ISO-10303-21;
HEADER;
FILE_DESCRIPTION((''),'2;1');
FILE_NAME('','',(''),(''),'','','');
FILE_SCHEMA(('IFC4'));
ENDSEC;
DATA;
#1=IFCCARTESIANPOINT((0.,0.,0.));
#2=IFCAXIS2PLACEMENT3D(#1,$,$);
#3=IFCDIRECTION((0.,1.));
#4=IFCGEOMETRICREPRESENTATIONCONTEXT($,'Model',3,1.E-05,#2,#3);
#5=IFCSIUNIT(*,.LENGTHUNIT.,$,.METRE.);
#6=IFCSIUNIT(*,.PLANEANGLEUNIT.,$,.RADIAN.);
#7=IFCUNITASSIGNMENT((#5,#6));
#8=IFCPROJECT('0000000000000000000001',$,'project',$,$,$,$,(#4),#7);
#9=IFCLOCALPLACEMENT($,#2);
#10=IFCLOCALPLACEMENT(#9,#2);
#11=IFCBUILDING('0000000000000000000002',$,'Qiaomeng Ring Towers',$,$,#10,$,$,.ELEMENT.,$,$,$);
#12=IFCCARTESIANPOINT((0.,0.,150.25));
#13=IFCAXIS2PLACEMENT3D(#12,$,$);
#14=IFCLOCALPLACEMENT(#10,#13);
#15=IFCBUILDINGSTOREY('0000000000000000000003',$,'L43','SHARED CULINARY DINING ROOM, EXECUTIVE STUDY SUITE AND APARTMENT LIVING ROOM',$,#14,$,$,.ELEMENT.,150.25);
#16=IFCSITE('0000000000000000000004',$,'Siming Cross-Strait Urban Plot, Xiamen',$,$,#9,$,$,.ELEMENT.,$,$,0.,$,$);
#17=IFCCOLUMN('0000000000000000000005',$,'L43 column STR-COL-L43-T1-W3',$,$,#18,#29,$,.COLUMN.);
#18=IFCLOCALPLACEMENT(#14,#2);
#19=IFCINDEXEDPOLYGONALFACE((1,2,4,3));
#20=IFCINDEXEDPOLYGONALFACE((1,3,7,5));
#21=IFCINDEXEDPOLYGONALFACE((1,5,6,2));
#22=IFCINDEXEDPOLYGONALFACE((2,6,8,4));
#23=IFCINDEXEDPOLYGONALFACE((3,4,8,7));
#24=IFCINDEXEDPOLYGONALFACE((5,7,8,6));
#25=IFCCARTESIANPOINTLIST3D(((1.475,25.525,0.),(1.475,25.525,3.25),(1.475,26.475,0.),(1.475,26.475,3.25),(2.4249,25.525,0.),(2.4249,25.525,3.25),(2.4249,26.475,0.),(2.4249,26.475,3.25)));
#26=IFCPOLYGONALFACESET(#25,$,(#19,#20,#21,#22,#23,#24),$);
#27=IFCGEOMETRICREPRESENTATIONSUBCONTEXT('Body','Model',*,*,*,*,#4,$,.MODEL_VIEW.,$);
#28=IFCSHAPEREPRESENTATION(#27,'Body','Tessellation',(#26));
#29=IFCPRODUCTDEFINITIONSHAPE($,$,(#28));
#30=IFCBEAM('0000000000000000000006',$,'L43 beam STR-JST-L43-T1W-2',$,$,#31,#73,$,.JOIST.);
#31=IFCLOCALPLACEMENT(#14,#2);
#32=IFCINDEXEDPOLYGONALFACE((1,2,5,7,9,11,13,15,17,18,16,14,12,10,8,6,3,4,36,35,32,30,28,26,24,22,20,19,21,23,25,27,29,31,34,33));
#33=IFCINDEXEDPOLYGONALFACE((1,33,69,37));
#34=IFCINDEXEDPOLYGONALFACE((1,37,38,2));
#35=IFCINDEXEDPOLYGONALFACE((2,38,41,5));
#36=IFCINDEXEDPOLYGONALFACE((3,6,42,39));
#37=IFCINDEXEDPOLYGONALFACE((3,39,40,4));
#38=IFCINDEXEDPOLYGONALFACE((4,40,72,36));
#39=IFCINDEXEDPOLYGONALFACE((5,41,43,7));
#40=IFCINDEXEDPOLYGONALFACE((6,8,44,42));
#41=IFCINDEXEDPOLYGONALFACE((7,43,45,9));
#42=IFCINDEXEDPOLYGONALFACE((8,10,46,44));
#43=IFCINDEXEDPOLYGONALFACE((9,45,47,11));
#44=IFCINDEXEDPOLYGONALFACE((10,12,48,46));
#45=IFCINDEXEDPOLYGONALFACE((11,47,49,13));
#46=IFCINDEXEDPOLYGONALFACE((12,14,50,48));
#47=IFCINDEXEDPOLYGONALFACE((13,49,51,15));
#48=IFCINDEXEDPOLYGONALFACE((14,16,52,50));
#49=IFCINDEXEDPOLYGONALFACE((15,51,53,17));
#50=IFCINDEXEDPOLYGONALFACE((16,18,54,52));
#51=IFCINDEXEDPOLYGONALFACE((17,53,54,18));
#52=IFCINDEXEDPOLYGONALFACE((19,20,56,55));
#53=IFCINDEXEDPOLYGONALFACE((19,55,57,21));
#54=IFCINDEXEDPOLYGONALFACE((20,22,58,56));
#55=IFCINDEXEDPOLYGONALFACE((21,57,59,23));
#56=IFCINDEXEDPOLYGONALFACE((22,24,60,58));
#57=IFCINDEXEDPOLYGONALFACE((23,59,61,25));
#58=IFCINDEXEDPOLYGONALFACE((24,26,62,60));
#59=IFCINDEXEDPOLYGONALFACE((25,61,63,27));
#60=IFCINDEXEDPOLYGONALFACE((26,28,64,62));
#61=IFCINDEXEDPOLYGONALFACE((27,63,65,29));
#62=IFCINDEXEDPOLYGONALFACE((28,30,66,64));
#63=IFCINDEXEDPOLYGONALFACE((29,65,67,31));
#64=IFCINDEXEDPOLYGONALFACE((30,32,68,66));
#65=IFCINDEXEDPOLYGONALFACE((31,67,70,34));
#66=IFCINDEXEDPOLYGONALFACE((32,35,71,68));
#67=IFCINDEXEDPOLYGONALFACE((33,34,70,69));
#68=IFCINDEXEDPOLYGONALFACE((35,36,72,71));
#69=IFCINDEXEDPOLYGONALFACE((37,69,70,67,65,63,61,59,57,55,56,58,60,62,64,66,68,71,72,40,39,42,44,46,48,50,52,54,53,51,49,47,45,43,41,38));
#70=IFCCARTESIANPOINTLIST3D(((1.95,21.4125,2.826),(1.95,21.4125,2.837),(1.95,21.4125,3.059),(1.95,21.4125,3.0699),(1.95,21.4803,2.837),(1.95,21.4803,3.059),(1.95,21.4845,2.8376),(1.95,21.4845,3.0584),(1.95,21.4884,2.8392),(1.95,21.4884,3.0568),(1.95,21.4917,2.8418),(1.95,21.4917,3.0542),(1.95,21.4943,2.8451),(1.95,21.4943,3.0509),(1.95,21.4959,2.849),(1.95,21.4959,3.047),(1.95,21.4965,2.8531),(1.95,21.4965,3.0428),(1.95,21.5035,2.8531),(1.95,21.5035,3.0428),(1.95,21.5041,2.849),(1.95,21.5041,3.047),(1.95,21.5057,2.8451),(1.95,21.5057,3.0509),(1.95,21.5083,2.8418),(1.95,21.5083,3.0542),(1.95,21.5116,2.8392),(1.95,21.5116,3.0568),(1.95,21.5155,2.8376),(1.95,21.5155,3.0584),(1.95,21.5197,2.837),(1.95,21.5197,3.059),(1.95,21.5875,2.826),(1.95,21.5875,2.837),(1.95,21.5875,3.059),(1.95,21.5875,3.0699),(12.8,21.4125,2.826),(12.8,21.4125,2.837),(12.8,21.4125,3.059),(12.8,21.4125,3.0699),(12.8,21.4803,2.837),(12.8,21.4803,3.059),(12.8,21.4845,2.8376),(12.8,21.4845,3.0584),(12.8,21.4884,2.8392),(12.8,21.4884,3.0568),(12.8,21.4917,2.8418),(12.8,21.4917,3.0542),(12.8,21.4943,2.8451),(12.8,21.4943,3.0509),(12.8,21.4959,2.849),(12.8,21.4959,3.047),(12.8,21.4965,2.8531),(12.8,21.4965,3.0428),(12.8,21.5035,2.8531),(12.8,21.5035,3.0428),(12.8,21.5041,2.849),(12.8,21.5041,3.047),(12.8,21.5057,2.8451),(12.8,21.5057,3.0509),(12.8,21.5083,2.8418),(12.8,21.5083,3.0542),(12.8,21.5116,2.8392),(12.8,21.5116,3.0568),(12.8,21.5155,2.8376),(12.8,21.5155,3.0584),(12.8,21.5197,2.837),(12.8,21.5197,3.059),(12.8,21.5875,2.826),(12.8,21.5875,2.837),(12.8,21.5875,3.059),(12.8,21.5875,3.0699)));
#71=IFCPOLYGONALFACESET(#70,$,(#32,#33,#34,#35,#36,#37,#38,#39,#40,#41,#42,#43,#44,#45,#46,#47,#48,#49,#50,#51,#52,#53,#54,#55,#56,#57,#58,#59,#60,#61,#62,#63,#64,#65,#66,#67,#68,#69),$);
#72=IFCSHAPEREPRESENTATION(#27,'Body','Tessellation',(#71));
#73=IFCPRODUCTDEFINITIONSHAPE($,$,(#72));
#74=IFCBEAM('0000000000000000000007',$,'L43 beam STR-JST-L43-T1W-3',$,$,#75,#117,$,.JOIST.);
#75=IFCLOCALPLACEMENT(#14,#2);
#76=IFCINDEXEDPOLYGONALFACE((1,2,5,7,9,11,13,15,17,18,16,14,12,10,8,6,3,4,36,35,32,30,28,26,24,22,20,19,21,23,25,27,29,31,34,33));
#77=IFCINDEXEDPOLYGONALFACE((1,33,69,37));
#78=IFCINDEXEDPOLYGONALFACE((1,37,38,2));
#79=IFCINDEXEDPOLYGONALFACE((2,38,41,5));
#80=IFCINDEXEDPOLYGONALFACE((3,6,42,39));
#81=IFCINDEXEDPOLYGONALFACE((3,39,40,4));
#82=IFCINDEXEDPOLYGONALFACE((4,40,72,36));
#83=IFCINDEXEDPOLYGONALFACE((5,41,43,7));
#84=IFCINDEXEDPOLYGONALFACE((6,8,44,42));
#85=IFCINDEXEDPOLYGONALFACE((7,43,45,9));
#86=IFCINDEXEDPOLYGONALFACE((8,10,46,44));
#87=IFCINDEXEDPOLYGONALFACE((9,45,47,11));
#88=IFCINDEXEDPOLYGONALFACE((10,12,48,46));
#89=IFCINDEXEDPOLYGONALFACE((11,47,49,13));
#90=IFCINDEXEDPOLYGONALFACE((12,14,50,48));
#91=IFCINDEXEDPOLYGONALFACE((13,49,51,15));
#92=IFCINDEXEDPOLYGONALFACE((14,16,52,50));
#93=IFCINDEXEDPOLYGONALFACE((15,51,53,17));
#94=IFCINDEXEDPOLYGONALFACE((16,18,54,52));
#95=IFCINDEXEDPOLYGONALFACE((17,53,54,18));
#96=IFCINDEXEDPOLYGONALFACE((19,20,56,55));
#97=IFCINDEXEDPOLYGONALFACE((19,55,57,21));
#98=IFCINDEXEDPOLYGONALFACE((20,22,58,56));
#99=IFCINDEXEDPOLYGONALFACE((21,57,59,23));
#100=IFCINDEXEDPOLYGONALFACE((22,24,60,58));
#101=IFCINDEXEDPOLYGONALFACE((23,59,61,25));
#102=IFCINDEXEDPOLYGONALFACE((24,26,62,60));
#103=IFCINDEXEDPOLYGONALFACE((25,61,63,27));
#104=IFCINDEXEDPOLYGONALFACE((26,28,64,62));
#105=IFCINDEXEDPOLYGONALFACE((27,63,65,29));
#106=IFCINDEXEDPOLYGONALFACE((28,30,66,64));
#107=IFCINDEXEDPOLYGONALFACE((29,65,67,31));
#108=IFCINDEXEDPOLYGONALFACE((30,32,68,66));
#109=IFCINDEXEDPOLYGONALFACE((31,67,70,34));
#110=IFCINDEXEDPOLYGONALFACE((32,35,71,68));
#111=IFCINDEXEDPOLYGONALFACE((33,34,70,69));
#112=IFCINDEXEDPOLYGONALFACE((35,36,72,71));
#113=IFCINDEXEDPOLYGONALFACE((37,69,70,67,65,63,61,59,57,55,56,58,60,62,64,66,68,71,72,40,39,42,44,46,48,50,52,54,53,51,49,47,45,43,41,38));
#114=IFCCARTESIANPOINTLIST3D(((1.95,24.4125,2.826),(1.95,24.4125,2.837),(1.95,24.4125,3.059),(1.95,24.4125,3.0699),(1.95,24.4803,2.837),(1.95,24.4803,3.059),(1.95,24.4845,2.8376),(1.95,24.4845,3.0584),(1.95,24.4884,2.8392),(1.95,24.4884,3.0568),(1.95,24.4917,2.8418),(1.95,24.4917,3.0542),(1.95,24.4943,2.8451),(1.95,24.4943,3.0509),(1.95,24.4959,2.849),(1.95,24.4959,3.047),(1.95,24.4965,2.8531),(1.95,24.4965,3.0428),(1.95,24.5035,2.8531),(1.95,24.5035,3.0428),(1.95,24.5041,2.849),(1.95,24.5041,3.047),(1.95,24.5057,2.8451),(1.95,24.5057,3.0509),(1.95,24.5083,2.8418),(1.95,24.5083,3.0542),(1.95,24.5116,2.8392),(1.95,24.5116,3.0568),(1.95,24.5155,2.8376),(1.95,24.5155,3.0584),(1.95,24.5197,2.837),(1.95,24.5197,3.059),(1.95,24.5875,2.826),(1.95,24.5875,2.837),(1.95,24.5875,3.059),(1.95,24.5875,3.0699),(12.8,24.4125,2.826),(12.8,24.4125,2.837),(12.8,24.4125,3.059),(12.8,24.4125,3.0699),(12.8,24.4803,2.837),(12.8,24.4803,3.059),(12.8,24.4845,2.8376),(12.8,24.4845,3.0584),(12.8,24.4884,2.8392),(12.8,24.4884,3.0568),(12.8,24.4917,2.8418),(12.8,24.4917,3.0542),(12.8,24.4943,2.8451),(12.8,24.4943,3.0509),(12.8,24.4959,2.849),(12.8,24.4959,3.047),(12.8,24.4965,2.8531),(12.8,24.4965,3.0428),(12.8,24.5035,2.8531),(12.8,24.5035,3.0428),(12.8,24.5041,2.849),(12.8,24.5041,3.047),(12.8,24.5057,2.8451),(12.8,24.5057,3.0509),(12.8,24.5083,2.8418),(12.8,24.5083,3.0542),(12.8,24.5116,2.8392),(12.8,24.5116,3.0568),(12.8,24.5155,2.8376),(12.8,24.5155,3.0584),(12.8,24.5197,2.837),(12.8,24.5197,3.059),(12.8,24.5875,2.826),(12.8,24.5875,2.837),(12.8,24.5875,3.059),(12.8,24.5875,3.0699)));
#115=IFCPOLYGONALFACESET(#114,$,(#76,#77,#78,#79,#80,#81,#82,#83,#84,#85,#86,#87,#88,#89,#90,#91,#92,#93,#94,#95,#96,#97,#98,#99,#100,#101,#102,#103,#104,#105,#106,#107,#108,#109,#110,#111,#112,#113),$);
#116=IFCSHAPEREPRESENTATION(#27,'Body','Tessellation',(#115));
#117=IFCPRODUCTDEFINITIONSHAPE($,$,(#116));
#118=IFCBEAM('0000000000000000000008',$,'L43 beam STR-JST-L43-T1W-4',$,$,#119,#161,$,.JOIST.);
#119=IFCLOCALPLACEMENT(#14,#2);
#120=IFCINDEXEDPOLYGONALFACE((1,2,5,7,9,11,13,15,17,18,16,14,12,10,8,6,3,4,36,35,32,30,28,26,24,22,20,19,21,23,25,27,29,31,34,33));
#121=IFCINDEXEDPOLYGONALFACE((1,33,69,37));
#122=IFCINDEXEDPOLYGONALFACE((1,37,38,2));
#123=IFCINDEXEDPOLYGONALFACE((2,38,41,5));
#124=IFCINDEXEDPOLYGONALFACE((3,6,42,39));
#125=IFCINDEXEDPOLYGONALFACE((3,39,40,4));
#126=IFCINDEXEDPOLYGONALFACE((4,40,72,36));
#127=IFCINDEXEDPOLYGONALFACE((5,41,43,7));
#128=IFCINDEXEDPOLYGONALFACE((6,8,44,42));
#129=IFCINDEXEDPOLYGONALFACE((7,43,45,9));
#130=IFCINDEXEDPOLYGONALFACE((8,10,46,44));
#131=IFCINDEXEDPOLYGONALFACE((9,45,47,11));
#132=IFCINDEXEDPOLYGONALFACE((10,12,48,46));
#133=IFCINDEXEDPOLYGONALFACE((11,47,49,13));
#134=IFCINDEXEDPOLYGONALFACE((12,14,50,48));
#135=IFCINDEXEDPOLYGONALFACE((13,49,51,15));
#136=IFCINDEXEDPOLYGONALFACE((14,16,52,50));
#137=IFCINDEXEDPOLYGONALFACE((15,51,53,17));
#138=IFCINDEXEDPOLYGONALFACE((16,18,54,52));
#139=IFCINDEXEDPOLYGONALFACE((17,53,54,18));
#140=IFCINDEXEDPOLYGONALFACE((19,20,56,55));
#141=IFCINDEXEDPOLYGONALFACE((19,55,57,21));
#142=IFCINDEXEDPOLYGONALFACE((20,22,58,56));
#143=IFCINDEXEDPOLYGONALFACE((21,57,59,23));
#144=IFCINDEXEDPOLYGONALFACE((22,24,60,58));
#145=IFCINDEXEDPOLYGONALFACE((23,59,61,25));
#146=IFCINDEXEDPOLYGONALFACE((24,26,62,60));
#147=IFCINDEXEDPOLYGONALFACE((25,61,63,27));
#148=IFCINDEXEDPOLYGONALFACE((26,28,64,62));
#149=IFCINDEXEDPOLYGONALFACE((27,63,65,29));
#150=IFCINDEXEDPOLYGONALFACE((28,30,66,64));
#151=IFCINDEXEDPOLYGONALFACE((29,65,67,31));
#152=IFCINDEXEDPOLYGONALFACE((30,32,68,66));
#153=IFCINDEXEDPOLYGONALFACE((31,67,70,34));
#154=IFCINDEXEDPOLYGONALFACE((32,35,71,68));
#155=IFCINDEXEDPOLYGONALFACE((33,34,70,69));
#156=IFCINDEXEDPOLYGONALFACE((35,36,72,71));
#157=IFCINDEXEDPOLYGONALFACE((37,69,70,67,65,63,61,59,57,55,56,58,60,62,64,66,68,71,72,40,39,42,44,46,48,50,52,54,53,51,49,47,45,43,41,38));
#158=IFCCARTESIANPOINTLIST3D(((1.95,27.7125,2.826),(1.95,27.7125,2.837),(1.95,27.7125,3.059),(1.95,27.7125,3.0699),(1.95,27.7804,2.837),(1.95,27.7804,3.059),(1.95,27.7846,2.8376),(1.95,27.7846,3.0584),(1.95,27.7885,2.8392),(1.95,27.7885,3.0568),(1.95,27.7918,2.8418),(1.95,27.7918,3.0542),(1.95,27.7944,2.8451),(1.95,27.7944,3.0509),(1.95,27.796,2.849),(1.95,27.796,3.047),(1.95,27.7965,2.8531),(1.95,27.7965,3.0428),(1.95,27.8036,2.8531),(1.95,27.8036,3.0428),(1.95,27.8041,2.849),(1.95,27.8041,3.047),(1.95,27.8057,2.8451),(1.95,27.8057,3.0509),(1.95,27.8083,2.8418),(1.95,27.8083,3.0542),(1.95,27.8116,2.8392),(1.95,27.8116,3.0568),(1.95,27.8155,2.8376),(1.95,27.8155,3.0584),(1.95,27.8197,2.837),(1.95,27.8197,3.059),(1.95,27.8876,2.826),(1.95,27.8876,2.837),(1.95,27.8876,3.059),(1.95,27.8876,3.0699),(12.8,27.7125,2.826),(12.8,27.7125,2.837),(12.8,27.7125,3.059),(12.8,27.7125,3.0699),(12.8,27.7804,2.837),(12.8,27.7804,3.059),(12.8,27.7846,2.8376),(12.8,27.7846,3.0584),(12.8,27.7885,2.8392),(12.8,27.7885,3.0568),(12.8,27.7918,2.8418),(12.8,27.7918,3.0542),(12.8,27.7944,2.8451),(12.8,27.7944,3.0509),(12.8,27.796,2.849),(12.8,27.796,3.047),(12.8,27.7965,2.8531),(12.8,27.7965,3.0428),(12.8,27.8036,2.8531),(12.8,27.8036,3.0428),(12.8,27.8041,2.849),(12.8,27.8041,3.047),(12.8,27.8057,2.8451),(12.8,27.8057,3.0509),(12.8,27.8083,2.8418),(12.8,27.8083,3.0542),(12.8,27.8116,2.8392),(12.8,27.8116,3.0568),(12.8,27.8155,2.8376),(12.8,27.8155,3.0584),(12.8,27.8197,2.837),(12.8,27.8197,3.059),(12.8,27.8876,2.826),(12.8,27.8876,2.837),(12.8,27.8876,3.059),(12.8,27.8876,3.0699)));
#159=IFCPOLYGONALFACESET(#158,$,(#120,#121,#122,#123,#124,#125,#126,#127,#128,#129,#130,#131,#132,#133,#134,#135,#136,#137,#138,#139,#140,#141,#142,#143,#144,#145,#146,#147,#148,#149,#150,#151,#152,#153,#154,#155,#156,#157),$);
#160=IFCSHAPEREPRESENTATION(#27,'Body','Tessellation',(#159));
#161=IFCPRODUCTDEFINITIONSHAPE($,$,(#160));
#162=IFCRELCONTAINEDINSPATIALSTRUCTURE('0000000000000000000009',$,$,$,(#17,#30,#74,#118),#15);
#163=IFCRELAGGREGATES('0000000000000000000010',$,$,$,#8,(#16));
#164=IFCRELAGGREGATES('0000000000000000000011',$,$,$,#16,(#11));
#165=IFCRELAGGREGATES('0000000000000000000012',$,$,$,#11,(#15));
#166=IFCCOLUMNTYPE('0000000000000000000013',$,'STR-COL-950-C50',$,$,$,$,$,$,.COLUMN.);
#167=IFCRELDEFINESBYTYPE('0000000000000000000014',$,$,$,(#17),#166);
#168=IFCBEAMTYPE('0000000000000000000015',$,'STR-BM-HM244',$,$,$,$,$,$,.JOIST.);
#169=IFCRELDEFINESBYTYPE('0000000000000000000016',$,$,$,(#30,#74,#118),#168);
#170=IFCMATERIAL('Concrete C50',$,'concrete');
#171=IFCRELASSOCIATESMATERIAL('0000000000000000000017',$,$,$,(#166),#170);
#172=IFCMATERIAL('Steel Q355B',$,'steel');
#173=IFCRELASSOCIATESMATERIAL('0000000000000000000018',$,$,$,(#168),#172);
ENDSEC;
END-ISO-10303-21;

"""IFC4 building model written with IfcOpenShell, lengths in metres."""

from ifc_helpers import new_model, si_unit, direction, frame, origin, origin_2d, place, context, subcontext, project, spatial, rectangle, i_section, extrude, source, transform, mapped, material, material_profile, profile_set, type_object, element, save


model = new_model("IFC4")

# Units and contexts
model_context = context("Model", 3, precision=1e-05, world=origin(), true_north=direction((0.0, 1.0)))
body_context = subcontext(model_context, "Body", "Model", "MODEL_VIEW")
ifc_project = project(units=[si_unit("LENGTHUNIT", "METRE"), si_unit("PLANEANGLEUNIT", "RADIAN")], contexts=[model_context])

# Site, building, storey
site_placement = place(None, origin())
site = spatial("IfcSite", under=ifc_project, at=site_placement, Name="Siming Cross-Strait Urban Plot, Xiamen", CompositionType="ELEMENT", RefElevation=0.0)
building_placement = place(site_placement, origin())
building = spatial("IfcBuilding", under=site, at=building_placement, Name="Qiaomeng Ring Towers", CompositionType="ELEMENT")
storey_placement = place(building_placement, frame((0.0, 0.0, 150.25)))
storey = spatial("IfcBuildingStorey", under=building, at=storey_placement, Name="L43", Description="SHARED CULINARY DINING ROOM, EXECUTIVE STUDY SUITE AND APARTMENT LIVING ROOM", CompositionType="ELEMENT", Elevation=150.25)

# Column
ifc_material_1 = material(Name="Concrete C50", Category="concrete")
ifc_material_profile_1 = material_profile(ifc_material_1, rectangle(XDim=0.95, YDim=0.95, at=origin_2d()), Name="RC COL 950x950")
ifc_profile_set_1 = profile_set([ifc_material_profile_1], Name="Concrete C50")
column_type = type_object("IfcColumnType", Name="STR-COL-950-C50", PredefinedType="COLUMN", material=ifc_profile_set_1)
shared_shape_1 = source(origin(), body_context, "Body", "SweptSolid", [
    extrude(rectangle(XDim=0.95, YDim=0.95, at=origin_2d()), origin(), (0.0, 0.0, 1.0), 3.25),
])
column_placement = place(storey_placement, frame((1.95, 26.0, 0.0), z_axis=(0.0, 0.0, 1.0), x_axis=(1.0, 0.0, 0.0)))
element("IfcColumn", 1, at=column_placement, inside=storey, type_object=column_type, Name="L43 column STR-COL-L43-T1-W3", PredefinedType="COLUMN", context=body_context, shape_type="MappedRepresentation", body=[
    mapped(shared_shape_1, transform((0.0, 0.0, 0.0), x_axis=(1.0, 0.0, 0.0), y_axis=(0.0, 1.0, 0.0), z_axis=(0.0, 0.0, 1.0), scale=1.0)),
])

# Beams
ifc_material_2 = material(Name="Steel Q355B", Category="steel")
ifc_material_profile_2 = material_profile(ifc_material_2, i_section(OverallWidth=0.175, OverallDepth=0.2439, WebThickness=0.0071, FlangeThickness=0.011, FilletRadius=0.0161, at=origin_2d()), Name="HM 244x175x7x11")
ifc_profile_set_2 = profile_set([ifc_material_profile_2], Name="Steel Q355B")
beam_type_1 = type_object("IfcBeamType", Name="STR-BM-HM244", PredefinedType="JOIST", material=ifc_profile_set_2)
shared_shape_2 = source(origin(), body_context, "Body", "SweptSolid", [
    extrude(i_section(OverallWidth=0.175, OverallDepth=0.2439, WebThickness=0.0071, FlangeThickness=0.011, FilletRadius=0.0161, at=origin_2d()), origin(), (0.0, 0.0, 1.0), 10.8501),
])
for number, where, z_axis, x_axis, name in (
    (2, (1.95, 21.5, 2.948), (1.0, 0.0, 0.0), (0.0, 1.0, 0.0), "L43 beam STR-JST-L43-T1W-2"),
    (3, (1.95, 24.5, 2.948), (1.0, 0.0, 0.0), (0.0, 1.0, 0.0), "L43 beam STR-JST-L43-T1W-3"),
    (4, (1.95, 27.8, 2.948), (1.0, 0.0, 0.0), (0.0, 1.0, 0.0), "L43 beam STR-JST-L43-T1W-4"),
):
    element("IfcBeam", number, at=place(storey_placement, frame(where, z_axis=z_axis, x_axis=x_axis)), inside=storey, type_object=beam_type_1, Name=name, PredefinedType="JOIST", context=body_context, shape_type="MappedRepresentation", body=[
        mapped(shared_shape_2, transform((0.0, 0.0, 0.0), x_axis=(1.0, 0.0, 0.0), y_axis=(0.0, 1.0, 0.0), z_axis=(0.0, 0.0, 1.0), scale=1.0)),
    ])

save(model, "model.ifc")
